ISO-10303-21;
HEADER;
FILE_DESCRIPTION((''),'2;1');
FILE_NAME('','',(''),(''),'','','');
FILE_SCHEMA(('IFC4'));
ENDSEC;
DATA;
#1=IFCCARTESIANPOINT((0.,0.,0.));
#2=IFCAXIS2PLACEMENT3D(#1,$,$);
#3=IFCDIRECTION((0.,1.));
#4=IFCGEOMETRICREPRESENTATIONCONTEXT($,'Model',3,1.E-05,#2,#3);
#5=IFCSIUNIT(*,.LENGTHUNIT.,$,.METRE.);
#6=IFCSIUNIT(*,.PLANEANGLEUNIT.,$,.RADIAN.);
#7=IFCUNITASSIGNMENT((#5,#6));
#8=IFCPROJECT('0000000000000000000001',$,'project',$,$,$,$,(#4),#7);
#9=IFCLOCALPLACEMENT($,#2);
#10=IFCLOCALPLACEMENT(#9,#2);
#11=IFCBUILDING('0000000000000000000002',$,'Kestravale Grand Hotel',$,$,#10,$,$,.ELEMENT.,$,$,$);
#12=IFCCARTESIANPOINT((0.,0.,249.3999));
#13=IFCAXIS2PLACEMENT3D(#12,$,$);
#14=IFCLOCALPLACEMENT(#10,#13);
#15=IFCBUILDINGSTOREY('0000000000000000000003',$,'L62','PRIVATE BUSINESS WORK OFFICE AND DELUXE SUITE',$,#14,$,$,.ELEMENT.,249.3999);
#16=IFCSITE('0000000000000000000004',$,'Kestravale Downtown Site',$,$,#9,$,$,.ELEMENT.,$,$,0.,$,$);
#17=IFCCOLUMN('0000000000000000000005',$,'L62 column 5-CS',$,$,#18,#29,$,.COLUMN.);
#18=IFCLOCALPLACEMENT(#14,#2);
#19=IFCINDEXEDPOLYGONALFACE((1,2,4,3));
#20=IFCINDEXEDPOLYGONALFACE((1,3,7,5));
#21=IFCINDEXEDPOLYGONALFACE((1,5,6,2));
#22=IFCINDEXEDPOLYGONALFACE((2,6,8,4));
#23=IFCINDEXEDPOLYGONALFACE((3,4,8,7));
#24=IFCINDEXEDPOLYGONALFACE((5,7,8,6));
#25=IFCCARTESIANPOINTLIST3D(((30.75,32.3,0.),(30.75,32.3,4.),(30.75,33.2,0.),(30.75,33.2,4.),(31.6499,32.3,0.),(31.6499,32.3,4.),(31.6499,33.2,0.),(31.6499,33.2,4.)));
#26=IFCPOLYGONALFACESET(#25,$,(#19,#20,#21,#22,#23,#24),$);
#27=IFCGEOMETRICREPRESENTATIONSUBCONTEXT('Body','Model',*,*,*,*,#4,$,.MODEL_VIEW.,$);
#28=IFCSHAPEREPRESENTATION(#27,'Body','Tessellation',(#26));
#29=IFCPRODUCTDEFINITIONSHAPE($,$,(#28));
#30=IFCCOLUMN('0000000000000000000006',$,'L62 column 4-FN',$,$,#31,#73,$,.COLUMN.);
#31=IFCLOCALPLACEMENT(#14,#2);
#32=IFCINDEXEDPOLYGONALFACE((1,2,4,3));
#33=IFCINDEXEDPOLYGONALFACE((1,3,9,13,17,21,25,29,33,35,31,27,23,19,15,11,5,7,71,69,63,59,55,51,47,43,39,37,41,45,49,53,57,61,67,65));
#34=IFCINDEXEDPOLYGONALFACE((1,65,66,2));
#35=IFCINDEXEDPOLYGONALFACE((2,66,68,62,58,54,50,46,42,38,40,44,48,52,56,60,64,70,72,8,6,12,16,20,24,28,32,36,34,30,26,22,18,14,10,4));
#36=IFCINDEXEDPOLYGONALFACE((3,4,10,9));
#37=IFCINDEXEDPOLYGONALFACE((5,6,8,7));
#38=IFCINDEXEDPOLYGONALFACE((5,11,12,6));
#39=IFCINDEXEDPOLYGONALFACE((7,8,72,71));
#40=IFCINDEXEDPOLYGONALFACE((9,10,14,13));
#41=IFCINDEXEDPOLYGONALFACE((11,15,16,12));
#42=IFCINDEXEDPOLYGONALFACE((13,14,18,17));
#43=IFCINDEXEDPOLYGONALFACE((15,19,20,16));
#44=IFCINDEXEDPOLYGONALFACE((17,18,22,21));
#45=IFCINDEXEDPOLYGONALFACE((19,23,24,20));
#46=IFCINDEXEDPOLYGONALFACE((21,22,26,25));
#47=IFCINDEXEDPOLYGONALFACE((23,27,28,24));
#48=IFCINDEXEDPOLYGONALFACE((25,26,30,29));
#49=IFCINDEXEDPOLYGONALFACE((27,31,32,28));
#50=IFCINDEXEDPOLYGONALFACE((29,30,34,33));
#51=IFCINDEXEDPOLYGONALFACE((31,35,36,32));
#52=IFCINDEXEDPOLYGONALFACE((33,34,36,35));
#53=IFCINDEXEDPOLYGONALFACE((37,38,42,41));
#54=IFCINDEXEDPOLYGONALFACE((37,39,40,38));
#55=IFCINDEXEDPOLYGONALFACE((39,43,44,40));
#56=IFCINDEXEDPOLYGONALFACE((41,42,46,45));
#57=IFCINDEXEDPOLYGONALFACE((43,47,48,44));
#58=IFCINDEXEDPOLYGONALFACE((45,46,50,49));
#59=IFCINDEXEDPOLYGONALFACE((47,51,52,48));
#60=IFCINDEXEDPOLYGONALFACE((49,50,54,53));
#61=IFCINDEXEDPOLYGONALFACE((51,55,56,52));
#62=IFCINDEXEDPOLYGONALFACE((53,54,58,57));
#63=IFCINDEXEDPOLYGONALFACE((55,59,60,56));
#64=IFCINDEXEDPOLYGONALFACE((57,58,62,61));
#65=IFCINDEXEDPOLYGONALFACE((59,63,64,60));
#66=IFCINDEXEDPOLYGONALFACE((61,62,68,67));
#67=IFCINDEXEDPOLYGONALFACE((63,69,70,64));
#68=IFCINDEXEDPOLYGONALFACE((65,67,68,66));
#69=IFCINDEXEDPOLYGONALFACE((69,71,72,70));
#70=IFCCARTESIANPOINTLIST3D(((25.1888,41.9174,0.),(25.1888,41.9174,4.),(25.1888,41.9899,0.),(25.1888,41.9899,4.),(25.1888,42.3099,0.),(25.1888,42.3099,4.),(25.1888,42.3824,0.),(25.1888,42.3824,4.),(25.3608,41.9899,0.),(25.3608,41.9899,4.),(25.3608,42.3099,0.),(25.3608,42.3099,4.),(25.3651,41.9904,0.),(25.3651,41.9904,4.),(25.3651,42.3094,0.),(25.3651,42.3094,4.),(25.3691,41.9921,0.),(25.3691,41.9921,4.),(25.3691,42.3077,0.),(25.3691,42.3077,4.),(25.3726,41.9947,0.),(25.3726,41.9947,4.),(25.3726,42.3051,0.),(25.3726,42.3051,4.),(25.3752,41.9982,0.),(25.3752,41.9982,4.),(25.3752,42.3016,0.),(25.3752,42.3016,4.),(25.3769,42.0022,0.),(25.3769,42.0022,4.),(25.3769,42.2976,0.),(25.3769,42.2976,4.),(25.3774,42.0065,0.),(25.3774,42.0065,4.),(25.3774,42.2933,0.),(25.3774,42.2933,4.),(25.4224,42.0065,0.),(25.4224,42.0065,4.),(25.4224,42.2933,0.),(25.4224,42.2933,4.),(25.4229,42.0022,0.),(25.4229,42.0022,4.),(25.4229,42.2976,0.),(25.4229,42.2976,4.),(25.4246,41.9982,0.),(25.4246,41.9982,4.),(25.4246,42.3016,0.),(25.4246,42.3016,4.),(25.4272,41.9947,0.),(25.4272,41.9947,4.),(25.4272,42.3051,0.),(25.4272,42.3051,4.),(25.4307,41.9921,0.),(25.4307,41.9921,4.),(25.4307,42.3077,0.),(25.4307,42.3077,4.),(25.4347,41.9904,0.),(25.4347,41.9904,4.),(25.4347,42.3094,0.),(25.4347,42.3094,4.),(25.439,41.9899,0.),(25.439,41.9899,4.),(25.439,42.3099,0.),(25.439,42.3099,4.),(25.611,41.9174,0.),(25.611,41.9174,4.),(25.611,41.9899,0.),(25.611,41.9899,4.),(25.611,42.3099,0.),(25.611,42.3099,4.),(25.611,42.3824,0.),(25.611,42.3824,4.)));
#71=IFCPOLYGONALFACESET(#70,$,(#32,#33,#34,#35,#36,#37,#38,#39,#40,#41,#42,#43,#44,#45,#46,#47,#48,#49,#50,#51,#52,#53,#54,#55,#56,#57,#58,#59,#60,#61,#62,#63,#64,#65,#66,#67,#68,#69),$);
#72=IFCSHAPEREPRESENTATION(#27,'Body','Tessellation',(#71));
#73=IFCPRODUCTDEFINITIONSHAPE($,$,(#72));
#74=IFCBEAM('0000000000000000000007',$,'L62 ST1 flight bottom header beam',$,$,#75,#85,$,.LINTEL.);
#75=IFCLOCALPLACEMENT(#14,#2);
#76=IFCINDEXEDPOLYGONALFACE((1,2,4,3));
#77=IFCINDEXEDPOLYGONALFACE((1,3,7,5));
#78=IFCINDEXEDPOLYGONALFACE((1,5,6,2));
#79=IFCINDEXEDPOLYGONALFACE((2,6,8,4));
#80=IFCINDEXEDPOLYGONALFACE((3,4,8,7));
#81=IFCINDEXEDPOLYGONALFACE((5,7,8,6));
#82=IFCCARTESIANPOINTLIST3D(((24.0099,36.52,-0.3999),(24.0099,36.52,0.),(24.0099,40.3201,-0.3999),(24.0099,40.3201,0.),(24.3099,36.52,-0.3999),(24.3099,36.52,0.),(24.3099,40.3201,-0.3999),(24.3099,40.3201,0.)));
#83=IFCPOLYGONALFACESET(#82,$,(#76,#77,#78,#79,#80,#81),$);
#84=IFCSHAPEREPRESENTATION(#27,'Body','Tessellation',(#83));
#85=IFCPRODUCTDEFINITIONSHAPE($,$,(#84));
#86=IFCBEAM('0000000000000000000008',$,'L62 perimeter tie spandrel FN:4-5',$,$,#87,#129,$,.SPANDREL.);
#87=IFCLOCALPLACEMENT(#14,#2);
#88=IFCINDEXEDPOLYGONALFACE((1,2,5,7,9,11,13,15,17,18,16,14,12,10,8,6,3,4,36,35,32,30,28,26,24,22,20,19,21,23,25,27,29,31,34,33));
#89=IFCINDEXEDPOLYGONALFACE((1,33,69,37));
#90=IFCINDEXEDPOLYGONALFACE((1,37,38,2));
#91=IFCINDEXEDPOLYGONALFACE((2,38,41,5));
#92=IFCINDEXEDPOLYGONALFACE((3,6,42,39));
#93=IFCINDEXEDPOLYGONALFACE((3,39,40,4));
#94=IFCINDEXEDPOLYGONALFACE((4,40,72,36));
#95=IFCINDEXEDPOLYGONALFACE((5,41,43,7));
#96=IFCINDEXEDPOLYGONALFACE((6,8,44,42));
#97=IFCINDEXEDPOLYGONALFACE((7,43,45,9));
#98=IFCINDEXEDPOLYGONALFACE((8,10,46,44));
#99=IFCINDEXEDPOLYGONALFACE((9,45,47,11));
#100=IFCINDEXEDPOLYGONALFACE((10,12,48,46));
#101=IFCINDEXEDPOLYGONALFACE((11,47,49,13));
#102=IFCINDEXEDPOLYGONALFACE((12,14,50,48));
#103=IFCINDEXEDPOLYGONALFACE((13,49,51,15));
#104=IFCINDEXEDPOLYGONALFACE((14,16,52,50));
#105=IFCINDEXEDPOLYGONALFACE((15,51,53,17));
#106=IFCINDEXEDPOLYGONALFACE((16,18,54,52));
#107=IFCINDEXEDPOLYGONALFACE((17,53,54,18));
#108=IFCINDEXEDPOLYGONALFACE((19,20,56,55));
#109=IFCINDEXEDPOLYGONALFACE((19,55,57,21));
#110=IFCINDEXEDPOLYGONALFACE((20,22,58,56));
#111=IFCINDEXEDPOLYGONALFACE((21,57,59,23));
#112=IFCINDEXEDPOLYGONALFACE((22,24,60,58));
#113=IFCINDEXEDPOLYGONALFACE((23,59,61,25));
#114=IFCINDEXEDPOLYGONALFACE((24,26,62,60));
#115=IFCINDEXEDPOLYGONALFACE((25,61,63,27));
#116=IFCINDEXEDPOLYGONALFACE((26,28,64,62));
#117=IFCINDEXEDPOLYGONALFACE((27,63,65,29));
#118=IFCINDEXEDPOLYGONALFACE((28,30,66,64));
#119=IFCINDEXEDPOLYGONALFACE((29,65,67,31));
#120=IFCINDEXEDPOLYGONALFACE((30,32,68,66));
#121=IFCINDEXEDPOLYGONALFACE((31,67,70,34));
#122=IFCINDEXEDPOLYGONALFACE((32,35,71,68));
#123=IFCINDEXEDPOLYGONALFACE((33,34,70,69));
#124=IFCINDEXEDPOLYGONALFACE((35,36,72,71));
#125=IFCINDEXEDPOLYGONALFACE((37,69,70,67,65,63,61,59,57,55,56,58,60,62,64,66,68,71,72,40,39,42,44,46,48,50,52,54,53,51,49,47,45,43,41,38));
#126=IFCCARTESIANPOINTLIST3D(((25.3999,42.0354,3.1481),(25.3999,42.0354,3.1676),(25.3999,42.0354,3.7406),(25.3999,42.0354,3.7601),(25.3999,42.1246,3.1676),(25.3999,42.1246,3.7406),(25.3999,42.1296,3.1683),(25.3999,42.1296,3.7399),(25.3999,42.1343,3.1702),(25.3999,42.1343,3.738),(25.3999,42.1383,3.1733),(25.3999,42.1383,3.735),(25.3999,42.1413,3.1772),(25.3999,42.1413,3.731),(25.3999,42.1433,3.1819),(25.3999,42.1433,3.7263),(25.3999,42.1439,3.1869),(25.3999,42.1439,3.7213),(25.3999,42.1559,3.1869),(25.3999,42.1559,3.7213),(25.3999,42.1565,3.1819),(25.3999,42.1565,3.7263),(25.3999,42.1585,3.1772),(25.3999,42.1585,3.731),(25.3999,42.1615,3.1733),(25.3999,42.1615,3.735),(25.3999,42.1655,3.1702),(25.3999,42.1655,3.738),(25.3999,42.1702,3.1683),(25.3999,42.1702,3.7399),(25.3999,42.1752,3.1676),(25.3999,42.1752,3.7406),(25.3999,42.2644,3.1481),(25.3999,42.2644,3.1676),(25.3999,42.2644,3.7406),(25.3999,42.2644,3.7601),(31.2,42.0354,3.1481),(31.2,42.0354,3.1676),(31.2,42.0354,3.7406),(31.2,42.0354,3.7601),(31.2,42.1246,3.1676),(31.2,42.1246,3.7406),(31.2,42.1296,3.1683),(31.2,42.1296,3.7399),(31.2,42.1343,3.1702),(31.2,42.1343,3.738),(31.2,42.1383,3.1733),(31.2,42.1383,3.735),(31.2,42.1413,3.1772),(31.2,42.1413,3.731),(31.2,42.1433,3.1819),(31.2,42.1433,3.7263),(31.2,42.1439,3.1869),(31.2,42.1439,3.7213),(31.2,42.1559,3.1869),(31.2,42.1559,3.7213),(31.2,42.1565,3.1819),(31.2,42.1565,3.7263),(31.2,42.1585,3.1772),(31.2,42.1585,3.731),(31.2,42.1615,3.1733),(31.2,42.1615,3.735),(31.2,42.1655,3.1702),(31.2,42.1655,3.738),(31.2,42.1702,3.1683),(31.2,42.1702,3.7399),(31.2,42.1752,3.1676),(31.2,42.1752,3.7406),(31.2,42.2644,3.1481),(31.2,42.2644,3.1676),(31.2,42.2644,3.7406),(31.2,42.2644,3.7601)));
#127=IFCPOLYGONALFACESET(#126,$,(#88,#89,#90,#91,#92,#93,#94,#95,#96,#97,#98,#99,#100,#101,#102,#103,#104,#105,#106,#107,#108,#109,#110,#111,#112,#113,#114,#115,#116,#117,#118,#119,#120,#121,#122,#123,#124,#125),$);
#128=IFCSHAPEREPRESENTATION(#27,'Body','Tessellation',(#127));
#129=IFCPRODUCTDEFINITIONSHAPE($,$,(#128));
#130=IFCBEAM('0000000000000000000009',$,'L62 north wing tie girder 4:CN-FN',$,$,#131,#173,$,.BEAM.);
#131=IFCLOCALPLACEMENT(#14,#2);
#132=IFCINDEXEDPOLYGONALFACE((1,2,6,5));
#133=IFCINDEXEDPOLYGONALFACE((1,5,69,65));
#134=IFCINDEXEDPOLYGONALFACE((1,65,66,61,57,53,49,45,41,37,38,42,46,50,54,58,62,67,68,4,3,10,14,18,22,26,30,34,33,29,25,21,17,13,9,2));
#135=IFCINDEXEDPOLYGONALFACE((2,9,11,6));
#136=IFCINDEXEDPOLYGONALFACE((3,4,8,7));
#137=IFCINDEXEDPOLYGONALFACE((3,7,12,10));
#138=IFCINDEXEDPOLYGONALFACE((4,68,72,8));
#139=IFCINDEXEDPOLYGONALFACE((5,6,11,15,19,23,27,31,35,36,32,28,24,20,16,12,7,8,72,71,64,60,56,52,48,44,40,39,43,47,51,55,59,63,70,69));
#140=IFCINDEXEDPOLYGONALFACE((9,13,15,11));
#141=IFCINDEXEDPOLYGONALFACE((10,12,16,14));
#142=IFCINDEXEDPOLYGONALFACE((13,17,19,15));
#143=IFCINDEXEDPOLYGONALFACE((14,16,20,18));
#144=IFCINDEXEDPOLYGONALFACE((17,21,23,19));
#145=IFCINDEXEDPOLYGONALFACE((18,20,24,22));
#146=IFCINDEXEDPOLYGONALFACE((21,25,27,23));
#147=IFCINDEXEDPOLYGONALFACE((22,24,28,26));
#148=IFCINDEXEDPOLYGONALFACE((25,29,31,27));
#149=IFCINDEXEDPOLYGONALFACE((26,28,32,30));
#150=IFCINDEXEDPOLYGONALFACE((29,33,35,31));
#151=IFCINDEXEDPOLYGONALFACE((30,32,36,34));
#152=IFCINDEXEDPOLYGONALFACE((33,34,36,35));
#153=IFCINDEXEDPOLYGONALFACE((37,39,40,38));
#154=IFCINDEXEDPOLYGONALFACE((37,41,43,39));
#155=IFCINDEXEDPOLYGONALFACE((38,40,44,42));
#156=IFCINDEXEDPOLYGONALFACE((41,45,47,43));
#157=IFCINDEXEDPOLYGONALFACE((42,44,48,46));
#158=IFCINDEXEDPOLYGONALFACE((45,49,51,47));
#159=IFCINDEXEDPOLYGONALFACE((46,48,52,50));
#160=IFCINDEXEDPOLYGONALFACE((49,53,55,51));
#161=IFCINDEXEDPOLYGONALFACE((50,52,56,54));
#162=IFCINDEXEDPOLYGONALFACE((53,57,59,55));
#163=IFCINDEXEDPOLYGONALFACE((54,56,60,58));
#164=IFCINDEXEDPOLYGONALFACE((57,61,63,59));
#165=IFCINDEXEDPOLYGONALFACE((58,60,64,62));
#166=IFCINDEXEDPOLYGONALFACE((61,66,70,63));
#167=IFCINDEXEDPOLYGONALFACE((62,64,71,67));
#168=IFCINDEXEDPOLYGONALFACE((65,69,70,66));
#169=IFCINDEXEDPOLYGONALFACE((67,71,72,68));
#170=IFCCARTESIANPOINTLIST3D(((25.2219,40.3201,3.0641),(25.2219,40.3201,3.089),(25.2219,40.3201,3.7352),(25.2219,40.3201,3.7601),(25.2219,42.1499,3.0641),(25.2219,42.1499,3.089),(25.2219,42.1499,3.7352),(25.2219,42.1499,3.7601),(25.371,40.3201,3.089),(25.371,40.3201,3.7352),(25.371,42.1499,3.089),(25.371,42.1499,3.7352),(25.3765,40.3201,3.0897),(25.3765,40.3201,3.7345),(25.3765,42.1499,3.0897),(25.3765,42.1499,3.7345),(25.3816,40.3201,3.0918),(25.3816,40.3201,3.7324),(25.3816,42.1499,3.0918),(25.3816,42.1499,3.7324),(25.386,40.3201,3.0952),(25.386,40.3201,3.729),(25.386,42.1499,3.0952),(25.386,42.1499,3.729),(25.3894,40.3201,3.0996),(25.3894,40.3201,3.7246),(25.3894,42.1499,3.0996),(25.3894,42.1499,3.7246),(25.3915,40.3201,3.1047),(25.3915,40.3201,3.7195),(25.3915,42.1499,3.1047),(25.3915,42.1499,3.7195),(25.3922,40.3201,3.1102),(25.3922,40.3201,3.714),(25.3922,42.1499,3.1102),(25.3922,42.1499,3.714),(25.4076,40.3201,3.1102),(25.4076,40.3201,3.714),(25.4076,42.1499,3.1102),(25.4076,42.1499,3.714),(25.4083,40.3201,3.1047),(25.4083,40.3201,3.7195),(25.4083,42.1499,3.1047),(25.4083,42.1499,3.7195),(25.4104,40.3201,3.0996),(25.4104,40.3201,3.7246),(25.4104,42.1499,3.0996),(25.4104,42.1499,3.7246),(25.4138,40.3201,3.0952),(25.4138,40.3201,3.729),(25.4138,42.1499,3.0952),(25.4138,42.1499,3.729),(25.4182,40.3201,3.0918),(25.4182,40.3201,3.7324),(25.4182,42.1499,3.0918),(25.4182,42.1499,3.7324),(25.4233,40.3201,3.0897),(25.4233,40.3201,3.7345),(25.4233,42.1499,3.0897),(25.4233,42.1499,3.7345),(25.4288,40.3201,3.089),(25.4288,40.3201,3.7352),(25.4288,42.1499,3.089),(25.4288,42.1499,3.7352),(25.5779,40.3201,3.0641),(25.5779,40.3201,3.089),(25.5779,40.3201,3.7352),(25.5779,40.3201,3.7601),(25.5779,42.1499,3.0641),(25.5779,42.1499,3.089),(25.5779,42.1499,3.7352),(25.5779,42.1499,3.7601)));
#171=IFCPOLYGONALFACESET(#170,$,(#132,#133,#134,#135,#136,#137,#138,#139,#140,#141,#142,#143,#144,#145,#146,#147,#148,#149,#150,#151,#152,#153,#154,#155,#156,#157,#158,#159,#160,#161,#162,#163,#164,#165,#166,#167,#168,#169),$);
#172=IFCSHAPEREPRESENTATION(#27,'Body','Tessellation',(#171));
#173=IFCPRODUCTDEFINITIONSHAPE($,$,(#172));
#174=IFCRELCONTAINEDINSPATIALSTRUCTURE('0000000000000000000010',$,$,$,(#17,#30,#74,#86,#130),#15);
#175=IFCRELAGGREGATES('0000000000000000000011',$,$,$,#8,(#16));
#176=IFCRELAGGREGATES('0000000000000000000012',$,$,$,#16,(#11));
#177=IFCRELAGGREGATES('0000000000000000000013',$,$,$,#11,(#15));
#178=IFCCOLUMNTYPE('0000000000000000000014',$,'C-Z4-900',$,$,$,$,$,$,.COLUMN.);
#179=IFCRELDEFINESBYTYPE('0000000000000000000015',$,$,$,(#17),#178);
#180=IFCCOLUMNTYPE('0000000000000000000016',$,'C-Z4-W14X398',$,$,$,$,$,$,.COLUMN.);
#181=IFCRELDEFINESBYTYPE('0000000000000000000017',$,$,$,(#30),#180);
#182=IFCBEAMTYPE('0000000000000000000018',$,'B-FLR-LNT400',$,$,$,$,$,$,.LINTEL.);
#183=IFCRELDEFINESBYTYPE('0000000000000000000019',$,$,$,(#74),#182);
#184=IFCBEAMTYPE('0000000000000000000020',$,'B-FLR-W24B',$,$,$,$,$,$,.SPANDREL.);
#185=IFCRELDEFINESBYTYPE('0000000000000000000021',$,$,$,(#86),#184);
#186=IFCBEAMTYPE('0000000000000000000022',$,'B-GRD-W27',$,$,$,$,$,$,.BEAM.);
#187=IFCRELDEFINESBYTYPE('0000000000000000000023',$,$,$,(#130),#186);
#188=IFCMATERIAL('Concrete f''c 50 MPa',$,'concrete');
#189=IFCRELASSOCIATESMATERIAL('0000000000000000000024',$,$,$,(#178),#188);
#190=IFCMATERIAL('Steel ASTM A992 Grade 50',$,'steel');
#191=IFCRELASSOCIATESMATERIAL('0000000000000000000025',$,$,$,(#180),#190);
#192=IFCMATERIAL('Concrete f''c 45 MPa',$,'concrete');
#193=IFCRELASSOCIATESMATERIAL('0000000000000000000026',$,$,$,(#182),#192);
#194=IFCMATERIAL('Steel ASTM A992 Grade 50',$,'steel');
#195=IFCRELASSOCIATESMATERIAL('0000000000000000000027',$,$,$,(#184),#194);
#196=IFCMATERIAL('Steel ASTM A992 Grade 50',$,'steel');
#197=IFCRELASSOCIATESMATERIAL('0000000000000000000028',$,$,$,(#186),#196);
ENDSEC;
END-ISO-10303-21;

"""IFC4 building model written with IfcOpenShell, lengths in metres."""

from ifc_helpers import new_model, si_unit, direction, frame, origin, origin_2d, place, context, subcontext, project, spatial, rectangle, i_section, extrude, material, material_profile, profile_set, type_object, element, save


model = new_model("IFC4")

# Units and contexts
model_context = context("Model", 3, precision=1e-05, world=origin(), true_north=direction((0.0, 1.0)))
body_context = subcontext(model_context, "Body", "Model", "MODEL_VIEW")
ifc_project = project(units=[si_unit("LENGTHUNIT", "METRE"), si_unit("PLANEANGLEUNIT", "RADIAN")], contexts=[model_context])

# Site, building, storey
site_placement = place(None, origin())
site = spatial("IfcSite", under=ifc_project, at=site_placement, Name="Kestravale Downtown Site", CompositionType="ELEMENT", RefElevation=0.0)
building_placement = place(site_placement, origin())
building = spatial("IfcBuilding", under=site, at=building_placement, Name="Kestravale Grand Hotel", CompositionType="ELEMENT")
storey_placement = place(building_placement, frame((0.0, 0.0, 249.3999)))
storey = spatial("IfcBuildingStorey", under=building, at=storey_placement, Name="L62", Description="PRIVATE BUSINESS WORK OFFICE AND DELUXE SUITE", CompositionType="ELEMENT", Elevation=249.3999)

# Columns
ifc_material_1 = material(Name="Concrete f'c 50 MPa", Category="concrete")
ifc_material_profile_1 = material_profile(ifc_material_1, rectangle(XDim=0.8999, YDim=0.8999, at=origin_2d()))
ifc_profile_set_1 = profile_set([ifc_material_profile_1], Name="Concrete f'c 50 MPa")
column_type_1 = type_object("IfcColumnType", Name="C-Z4-900", PredefinedType="COLUMN", material=ifc_profile_set_1)
column_1_placement = place(storey_placement, frame((31.2, 32.75, 0.0), z_axis=(0.0, 0.0, 1.0), x_axis=(1.0, 0.0, 0.0)))
element("IfcColumn", 1, at=column_1_placement, inside=storey, type_object=column_type_1, Name="L62 column 5-CS", PredefinedType="COLUMN", context=body_context, shape_type="SweptSolid", body=[
    extrude(rectangle(XDim=0.8999, YDim=0.8999, at=origin_2d()), origin(), (0.0, 0.0, 1.0), 4.0),
])
ifc_material_2 = material(Name="Steel ASTM A992 Grade 50", Category="steel")
ifc_material_profile_2 = material_profile(ifc_material_2, i_section(OverallWidth=0.4221, OverallDepth=0.4651, WebThickness=0.0449, FlangeThickness=0.0725, FilletRadius=0.0166, at=origin_2d()))
ifc_profile_set_2 = profile_set([ifc_material_profile_2], Name="Steel ASTM A992 Grade 50")
column_type_2 = type_object("IfcColumnType", Name="C-Z4-W14X398", PredefinedType="COLUMN", material=ifc_profile_set_2)
column_2_placement = place(storey_placement, frame((25.3999, 42.1499, 0.0), z_axis=(0.0, 0.0, 1.0), x_axis=(1.0, 0.0, 0.0)))
element("IfcColumn", 2, at=column_2_placement, inside=storey, type_object=column_type_2, Name="L62 column 4-FN", PredefinedType="COLUMN", context=body_context, shape_type="SweptSolid", body=[
    extrude(i_section(OverallWidth=0.4221, OverallDepth=0.4651, WebThickness=0.0449, FlangeThickness=0.0725, FilletRadius=0.0166, at=origin_2d()), origin(), (0.0, 0.0, 1.0), 4.0),
])

# Beams
ifc_material_3 = material(Name="Concrete f'c 45 MPa", Category="concrete")
ifc_material_profile_3 = material_profile(ifc_material_3, rectangle(XDim=0.3, YDim=0.3999, at=origin_2d()))
ifc_profile_set_3 = profile_set([ifc_material_profile_3], Name="Concrete f'c 45 MPa")
beam_type_1 = type_object("IfcBeamType", Name="B-FLR-LNT400", PredefinedType="LINTEL", material=ifc_profile_set_3)
beam_1_placement = place(storey_placement, frame((24.1599, 36.52, -0.2), z_axis=(0.0, 1.0, 0.0), x_axis=(-1.0, 0.0, 0.0)))
element("IfcBeam", 3, at=beam_1_placement, inside=storey, type_object=beam_type_1, Name="L62 ST1 flight bottom header beam", PredefinedType="LINTEL", context=body_context, shape_type="SweptSolid", body=[
    extrude(rectangle(XDim=0.3, YDim=0.3999, at=origin_2d()), origin(), (0.0, 0.0, 1.0), 3.8),
])
ifc_material_4 = material(Name="Steel ASTM A992 Grade 50", Category="steel")
ifc_material_profile_4 = material_profile(ifc_material_4, i_section(OverallWidth=0.229, OverallDepth=0.6121, WebThickness=0.012, FlangeThickness=0.0195, FilletRadius=0.0193, at=origin_2d()))
ifc_profile_set_4 = profile_set([ifc_material_profile_4], Name="Steel ASTM A992 Grade 50")
beam_type_2 = type_object("IfcBeamType", Name="B-FLR-W24B", PredefinedType="SPANDREL", material=ifc_profile_set_4)
beam_2_placement = place(storey_placement, frame((25.3999, 42.1499, 3.4541), z_axis=(1.0, 0.0, 0.0), x_axis=(0.0, 1.0, 0.0)))
element("IfcBeam", 4, at=beam_2_placement, inside=storey, type_object=beam_type_2, Name="L62 perimeter tie spandrel FN:4-5", PredefinedType="SPANDREL", context=body_context, shape_type="SweptSolid", body=[
    extrude(i_section(OverallWidth=0.229, OverallDepth=0.6121, WebThickness=0.012, FlangeThickness=0.0195, FilletRadius=0.0193, at=origin_2d()), origin(), (0.0, 0.0, 1.0), 5.8),
])
ifc_material_5 = material(Name="Steel ASTM A992 Grade 50", Category="steel")
ifc_material_profile_5 = material_profile(ifc_material_5, i_section(OverallWidth=0.356, OverallDepth=0.696, WebThickness=0.0154, FlangeThickness=0.0249, FilletRadius=0.0212, at=origin_2d()))
ifc_profile_set_5 = profile_set([ifc_material_profile_5], Name="Steel ASTM A992 Grade 50")
beam_type_3 = type_object("IfcBeamType", Name="B-GRD-W27", PredefinedType="BEAM", material=ifc_profile_set_5)
for number, where, z_axis, x_axis, name in (
    (5, (25.3999, 40.3201, 3.4121), (0.0, 1.0, 0.0), (-1.0, 0.0, 0.0), "L62 north wing tie girder 4:CN-FN"),
):
    element("IfcBeam", number, at=place(storey_placement, frame(where, z_axis=z_axis, x_axis=x_axis)), inside=storey, type_object=beam_type_3, Name=name, PredefinedType="BEAM", context=body_context, shape_type="SweptSolid", body=[
        extrude(i_section(OverallWidth=0.356, OverallDepth=0.696, WebThickness=0.0154, FlangeThickness=0.0249, FilletRadius=0.0212, at=origin_2d()), origin(), (0.0, 0.0, 1.0), 1.8298),
    ])

save(model, "model.ifc")
